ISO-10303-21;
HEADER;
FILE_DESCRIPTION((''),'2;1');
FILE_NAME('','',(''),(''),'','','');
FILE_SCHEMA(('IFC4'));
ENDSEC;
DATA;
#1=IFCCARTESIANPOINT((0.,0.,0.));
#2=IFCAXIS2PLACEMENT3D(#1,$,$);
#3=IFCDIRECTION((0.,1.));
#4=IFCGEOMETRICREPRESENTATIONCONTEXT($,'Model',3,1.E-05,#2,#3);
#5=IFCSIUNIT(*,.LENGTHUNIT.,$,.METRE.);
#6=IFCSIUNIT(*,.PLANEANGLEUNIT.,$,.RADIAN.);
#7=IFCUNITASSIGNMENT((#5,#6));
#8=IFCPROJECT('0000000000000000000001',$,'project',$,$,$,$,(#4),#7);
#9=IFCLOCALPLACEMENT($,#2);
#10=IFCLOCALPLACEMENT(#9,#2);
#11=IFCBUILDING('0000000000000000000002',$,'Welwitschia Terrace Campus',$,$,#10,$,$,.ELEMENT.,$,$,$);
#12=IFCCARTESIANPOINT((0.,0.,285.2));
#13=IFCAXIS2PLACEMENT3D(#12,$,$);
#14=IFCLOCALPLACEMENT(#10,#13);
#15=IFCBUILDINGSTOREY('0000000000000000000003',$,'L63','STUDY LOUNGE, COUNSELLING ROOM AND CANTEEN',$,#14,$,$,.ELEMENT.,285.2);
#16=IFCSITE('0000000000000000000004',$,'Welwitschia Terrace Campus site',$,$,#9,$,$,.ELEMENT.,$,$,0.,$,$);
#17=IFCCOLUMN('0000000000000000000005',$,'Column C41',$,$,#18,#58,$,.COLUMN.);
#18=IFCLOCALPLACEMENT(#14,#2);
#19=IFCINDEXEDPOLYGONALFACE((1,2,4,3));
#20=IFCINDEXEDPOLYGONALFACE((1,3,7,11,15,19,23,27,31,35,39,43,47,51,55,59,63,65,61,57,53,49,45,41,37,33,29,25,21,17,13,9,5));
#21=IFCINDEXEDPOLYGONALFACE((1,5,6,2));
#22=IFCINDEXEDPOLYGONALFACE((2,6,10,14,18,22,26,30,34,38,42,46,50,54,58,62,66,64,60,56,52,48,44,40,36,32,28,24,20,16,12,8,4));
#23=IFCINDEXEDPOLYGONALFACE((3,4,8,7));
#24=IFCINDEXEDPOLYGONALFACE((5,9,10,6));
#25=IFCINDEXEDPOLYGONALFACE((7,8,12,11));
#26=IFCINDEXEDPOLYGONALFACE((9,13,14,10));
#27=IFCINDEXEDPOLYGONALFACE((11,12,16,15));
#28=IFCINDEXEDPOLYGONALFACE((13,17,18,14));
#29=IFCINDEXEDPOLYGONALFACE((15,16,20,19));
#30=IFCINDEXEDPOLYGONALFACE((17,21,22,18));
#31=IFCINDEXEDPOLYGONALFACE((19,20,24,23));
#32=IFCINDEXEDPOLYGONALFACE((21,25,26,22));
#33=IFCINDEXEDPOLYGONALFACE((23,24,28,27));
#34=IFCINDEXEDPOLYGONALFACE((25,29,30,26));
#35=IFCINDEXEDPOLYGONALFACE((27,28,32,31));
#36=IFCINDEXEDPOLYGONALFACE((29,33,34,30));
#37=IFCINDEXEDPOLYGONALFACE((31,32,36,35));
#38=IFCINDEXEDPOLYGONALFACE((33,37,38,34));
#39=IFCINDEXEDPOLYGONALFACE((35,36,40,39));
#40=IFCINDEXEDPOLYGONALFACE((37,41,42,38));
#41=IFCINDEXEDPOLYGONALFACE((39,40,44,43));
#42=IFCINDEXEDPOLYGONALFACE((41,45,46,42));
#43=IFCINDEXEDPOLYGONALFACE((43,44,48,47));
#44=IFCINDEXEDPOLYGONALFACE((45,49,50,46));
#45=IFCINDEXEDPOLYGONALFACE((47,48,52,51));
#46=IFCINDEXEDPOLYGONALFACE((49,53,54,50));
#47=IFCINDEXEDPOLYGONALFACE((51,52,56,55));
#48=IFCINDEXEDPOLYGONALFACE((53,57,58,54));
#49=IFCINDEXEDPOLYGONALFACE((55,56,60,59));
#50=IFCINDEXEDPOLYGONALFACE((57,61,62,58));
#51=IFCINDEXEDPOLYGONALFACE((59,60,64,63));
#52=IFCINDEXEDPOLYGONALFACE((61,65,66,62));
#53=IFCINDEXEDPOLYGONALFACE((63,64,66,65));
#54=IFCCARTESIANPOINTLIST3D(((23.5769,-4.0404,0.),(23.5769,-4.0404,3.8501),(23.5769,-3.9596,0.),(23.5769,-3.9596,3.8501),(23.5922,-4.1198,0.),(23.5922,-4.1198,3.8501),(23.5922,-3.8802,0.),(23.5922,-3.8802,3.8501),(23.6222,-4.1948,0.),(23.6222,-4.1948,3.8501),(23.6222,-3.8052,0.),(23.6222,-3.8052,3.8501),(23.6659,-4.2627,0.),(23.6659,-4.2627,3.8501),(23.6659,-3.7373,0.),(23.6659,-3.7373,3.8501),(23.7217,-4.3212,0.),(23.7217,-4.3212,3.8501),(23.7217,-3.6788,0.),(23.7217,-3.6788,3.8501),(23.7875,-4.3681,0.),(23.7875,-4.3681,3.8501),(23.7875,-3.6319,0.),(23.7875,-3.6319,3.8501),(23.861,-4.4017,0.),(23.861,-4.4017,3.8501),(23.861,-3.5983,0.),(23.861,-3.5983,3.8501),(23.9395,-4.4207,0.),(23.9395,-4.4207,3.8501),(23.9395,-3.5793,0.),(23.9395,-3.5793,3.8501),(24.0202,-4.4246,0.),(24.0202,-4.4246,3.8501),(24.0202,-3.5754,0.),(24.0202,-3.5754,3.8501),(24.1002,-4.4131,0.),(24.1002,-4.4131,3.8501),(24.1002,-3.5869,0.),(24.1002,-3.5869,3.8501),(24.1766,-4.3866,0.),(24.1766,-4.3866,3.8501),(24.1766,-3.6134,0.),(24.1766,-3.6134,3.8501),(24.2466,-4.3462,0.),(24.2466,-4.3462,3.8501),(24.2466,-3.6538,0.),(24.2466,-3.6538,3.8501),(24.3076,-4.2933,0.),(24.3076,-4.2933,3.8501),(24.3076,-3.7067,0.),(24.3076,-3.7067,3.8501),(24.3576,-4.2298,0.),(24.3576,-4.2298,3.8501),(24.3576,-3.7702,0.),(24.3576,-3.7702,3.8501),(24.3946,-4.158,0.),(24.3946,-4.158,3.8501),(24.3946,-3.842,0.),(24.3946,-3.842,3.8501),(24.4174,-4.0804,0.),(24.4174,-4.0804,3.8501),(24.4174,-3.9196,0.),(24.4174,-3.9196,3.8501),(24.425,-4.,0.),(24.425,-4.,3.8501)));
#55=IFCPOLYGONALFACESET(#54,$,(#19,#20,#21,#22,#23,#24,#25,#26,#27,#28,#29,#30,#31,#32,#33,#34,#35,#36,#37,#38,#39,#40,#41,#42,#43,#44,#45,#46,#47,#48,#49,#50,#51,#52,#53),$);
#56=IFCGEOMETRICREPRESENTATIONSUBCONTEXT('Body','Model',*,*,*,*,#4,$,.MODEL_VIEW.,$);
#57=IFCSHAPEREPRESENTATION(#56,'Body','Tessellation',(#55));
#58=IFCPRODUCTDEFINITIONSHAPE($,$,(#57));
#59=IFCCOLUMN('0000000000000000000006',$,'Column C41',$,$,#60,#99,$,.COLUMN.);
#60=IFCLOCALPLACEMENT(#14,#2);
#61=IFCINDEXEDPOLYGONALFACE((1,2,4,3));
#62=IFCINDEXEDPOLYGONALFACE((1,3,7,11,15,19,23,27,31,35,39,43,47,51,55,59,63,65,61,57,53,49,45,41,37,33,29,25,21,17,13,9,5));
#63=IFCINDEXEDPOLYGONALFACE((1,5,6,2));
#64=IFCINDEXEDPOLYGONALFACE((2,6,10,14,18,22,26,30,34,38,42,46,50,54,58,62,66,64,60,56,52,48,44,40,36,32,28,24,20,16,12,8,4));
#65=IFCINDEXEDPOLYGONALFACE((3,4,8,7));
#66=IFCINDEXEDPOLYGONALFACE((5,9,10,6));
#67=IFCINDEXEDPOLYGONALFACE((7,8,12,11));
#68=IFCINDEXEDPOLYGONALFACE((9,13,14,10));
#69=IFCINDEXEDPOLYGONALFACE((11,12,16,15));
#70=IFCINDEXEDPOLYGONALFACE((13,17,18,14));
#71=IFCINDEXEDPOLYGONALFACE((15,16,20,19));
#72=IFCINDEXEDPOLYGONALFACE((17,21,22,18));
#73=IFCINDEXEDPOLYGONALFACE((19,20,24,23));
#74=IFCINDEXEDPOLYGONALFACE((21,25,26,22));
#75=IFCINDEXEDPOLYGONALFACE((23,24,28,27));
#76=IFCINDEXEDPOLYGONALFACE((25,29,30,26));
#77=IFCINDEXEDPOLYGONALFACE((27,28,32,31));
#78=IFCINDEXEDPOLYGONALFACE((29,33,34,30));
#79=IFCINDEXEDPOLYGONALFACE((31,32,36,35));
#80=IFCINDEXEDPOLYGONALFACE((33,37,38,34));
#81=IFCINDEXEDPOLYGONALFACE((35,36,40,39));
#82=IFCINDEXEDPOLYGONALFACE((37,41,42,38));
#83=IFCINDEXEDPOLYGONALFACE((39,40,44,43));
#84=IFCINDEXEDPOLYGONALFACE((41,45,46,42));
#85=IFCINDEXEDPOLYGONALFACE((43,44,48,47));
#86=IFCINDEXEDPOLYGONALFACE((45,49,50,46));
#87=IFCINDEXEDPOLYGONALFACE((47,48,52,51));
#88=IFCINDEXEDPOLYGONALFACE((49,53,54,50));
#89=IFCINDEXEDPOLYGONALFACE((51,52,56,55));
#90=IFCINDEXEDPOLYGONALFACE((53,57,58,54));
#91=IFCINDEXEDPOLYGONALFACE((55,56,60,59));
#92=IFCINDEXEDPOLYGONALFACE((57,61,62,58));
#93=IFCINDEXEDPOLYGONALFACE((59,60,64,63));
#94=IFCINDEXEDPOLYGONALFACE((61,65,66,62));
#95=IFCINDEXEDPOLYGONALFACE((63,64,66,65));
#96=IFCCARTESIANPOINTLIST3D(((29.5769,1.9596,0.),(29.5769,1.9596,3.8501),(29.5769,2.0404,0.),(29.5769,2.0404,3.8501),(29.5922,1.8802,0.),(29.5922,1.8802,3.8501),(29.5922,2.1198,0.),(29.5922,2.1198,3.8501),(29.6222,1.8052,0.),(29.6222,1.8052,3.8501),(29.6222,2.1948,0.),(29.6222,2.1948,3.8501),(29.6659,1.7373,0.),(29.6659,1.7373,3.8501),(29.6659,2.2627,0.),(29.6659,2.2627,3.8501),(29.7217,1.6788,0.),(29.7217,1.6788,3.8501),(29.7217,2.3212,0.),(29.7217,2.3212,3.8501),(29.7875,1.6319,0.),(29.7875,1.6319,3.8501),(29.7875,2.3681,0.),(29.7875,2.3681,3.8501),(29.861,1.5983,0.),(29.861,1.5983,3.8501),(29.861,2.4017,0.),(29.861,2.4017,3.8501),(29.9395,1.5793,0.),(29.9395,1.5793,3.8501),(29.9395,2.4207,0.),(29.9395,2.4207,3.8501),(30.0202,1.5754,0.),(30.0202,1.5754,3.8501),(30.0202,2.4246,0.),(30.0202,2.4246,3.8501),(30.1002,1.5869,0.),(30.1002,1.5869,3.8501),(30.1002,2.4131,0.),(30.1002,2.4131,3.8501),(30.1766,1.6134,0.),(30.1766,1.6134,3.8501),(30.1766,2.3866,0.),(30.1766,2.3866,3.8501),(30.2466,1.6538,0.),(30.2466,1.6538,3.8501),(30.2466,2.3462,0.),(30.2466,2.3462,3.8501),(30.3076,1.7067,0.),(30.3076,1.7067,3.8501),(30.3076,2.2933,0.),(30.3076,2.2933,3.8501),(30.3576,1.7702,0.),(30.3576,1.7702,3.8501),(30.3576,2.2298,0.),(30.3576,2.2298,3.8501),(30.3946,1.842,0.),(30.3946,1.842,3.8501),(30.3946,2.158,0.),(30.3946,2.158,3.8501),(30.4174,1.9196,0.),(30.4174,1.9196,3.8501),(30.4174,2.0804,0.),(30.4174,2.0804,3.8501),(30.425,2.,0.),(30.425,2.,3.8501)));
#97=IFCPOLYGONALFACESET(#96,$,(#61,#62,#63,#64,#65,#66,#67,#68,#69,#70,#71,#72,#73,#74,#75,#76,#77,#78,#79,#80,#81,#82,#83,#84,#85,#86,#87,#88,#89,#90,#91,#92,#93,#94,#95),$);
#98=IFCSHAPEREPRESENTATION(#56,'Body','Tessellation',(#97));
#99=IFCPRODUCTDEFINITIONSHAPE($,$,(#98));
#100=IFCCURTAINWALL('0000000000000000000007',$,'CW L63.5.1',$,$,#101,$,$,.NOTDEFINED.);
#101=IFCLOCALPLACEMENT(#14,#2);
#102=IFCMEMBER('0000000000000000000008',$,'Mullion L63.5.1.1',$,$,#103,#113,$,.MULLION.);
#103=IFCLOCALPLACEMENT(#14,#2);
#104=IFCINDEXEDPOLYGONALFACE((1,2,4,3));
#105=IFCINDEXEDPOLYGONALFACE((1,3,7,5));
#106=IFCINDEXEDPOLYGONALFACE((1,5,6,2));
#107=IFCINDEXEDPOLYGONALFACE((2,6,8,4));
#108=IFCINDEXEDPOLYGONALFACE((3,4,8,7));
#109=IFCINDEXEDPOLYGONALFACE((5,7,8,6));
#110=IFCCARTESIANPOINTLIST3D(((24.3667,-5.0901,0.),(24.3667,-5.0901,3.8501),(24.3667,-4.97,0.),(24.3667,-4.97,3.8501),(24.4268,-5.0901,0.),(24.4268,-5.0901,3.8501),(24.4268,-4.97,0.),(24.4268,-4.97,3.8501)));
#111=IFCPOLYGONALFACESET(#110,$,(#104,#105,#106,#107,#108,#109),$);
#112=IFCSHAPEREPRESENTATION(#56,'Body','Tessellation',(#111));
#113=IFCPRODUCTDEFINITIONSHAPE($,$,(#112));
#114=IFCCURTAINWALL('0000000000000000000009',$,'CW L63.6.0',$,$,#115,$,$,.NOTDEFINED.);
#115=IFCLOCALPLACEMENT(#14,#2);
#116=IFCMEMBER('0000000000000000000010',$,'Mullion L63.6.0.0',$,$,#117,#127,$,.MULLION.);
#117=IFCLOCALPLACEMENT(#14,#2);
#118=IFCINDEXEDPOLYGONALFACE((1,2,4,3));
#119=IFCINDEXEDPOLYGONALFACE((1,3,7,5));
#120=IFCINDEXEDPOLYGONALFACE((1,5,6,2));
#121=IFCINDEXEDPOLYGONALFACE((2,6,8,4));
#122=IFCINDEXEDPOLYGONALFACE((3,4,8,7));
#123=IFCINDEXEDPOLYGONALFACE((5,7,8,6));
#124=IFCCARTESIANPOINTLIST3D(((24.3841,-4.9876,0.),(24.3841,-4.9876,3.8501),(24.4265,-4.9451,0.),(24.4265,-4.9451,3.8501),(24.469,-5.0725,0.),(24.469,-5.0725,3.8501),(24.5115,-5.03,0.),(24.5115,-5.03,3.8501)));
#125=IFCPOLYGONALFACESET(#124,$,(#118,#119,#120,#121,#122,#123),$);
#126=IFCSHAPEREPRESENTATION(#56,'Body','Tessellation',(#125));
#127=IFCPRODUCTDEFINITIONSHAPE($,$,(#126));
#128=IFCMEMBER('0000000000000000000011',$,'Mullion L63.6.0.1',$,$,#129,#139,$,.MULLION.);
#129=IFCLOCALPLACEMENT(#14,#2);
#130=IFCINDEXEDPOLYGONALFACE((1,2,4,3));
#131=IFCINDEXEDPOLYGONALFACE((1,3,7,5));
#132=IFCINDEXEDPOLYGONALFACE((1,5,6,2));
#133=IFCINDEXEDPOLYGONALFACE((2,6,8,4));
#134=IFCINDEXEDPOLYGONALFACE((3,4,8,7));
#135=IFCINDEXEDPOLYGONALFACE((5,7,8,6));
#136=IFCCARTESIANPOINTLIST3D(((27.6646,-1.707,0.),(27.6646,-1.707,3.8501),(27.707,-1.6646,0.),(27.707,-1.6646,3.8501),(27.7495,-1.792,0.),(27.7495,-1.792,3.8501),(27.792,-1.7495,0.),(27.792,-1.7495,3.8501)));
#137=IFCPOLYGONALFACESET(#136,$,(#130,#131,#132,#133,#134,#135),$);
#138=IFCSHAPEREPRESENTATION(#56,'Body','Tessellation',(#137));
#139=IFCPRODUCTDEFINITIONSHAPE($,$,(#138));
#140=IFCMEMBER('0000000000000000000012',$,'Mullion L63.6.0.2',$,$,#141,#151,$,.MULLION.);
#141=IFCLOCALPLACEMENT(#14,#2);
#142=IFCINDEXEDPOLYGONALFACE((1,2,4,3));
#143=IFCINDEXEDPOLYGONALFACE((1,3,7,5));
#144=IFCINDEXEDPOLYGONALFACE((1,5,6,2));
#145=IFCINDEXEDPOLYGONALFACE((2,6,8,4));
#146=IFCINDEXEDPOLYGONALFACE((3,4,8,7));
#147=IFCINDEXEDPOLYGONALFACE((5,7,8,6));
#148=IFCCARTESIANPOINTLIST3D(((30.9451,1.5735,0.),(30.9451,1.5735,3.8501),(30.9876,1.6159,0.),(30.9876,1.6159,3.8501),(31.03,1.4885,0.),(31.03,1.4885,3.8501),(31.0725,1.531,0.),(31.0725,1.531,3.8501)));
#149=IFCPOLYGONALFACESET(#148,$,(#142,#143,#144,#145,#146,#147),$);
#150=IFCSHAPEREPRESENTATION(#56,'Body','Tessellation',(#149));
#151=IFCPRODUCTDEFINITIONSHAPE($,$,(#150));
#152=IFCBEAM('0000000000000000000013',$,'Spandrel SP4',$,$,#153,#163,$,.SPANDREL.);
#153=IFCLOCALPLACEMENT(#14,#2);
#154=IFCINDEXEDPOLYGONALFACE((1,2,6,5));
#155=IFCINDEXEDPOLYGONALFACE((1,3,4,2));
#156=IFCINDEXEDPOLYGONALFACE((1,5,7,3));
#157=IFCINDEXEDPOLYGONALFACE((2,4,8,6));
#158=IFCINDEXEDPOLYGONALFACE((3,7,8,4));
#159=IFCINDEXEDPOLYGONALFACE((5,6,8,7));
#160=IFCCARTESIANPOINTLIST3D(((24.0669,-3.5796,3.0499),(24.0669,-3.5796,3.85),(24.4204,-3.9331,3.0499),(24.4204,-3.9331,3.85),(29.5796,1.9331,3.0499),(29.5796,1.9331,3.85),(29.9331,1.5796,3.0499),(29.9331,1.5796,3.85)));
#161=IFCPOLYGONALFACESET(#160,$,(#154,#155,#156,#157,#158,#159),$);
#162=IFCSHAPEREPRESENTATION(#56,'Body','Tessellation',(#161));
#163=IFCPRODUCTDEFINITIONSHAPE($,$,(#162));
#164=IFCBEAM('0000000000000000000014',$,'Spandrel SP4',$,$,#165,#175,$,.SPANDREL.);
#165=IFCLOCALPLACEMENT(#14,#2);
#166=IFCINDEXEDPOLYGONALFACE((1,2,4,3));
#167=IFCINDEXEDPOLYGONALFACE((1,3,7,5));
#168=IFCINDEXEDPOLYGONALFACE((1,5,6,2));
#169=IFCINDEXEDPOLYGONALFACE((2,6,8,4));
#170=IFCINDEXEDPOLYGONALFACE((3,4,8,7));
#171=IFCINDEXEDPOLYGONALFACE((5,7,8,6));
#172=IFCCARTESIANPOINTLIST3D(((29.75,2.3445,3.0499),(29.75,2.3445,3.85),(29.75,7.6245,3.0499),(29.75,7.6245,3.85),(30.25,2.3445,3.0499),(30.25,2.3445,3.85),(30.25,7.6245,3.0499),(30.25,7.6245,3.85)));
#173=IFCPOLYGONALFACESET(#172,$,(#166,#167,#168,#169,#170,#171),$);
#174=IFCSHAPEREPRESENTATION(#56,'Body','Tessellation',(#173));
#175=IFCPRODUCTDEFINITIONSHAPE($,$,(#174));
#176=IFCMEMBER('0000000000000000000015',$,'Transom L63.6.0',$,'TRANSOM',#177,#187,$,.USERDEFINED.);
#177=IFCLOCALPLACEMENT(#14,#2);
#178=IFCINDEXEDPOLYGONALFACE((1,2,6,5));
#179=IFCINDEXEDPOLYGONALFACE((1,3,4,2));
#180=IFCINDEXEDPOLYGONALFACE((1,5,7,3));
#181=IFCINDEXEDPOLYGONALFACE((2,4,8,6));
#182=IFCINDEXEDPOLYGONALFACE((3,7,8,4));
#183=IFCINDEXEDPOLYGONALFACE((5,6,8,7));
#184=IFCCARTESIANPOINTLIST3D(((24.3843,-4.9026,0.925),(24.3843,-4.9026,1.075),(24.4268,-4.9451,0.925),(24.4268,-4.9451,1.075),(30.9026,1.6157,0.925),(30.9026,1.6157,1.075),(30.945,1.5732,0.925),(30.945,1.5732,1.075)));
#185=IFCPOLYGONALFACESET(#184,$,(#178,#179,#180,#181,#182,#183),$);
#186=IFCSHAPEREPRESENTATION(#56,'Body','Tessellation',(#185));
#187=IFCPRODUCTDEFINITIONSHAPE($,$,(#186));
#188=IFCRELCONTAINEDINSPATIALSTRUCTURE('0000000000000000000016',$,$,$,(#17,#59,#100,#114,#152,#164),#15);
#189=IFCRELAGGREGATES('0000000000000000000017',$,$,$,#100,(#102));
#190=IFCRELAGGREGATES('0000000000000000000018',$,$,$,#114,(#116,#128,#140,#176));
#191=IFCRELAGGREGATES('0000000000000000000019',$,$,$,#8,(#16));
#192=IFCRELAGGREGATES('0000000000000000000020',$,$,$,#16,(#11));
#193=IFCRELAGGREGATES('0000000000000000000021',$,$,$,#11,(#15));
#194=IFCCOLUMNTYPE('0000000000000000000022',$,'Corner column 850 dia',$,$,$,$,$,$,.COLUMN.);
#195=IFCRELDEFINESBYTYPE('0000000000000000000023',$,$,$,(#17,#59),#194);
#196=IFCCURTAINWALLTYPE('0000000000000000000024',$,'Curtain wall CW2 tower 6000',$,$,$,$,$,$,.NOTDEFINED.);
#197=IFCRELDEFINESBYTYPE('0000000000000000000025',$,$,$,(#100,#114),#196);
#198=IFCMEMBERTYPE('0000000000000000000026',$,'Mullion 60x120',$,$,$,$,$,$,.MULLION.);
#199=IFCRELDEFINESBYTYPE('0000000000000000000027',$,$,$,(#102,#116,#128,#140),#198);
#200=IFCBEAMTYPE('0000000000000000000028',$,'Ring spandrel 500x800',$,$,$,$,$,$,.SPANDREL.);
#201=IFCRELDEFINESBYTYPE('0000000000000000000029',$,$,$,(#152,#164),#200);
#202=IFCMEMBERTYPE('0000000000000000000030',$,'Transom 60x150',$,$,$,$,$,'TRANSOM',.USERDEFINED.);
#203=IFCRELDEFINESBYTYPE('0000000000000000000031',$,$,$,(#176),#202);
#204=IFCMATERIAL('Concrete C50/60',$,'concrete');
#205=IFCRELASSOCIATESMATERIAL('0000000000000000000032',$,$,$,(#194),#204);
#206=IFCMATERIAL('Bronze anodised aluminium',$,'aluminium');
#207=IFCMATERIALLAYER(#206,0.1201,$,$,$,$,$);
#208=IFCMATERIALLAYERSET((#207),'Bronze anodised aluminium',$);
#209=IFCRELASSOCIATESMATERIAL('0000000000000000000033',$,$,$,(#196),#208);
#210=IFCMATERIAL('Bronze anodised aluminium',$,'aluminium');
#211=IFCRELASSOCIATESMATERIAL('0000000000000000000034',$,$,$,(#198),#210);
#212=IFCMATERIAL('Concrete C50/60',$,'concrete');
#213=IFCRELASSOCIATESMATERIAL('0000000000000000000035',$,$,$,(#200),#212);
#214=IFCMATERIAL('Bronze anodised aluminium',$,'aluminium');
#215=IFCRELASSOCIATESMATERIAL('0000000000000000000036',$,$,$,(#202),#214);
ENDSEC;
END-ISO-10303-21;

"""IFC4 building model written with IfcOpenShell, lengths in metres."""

from ifc_helpers import new_model, si_unit, direction, frame, origin, origin_2d, place, context, subcontext, project, spatial, rectangle, circle, extrude, material, layer, layer_set, material_profile, profile_set, type_object, element, aggregate, save


model = new_model("IFC4")

# Units and contexts
model_context = context("Model", 3, precision=1e-05, world=origin(), true_north=direction((0.0, 1.0)))
body_context = subcontext(model_context, "Body", "Model", "MODEL_VIEW")
ifc_project = project(units=[si_unit("LENGTHUNIT", "METRE"), si_unit("PLANEANGLEUNIT", "RADIAN")], contexts=[model_context])

# Site, building, storey
site_placement = place(None, origin())
site = spatial("IfcSite", under=ifc_project, at=site_placement, Name="Welwitschia Terrace Campus site", CompositionType="ELEMENT", RefElevation=0.0)
building_placement = place(site_placement, origin())
building = spatial("IfcBuilding", under=site, at=building_placement, Name="Welwitschia Terrace Campus", CompositionType="ELEMENT")
storey_placement = place(building_placement, frame((0.0, 0.0, 285.2)))
storey = spatial("IfcBuildingStorey", under=building, at=storey_placement, Name="L63", Description="STUDY LOUNGE, COUNSELLING ROOM AND CANTEEN", CompositionType="ELEMENT", Elevation=285.2)

# Columns
ifc_material_1 = material(Name="Concrete C50/60", Category="concrete")
ifc_material_profile_1 = material_profile(ifc_material_1, circle(Radius=0.425, at=origin_2d()))
ifc_profile_set_1 = profile_set([ifc_material_profile_1], Name="Concrete C50/60")
column_type = type_object("IfcColumnType", Name="Corner column 850 dia", PredefinedType="COLUMN", material=ifc_profile_set_1)
for number, where, z_axis, x_axis, name in (
    (1, (24.0, -4.0, 0.0), (0.0, 0.0, 1.0), (1.0, 0.0, 0.0), "Column C41"),
    (2, (30.0, 2.0, 0.0), (0.0, 0.0, 1.0), (1.0, 0.0, 0.0), "Column C41"),
):
    element("IfcColumn", number, at=place(storey_placement, frame(where, z_axis=z_axis, x_axis=x_axis)), inside=storey, type_object=column_type, Name=name, PredefinedType="COLUMN", context=body_context, shape_type="SweptSolid", body=[
        extrude(circle(Radius=0.425, at=origin_2d()), origin(), (0.0, 0.0, 1.0), 3.8501),
    ])

# Curtain wall, member
ifc_material_2 = material(Name="Bronze anodised aluminium", Category="aluminium")
ifc_layer_1 = layer(ifc_material_2, 0.1201)
ifc_layer_set_1 = layer_set([ifc_layer_1], Name="Bronze anodised aluminium")
curtain_wall_type = type_object("IfcCurtainWallType", Name="Curtain wall CW2 tower 6000", PredefinedType="NOTDEFINED", material=ifc_layer_set_1)
curtain_wall_1_placement = place(storey_placement, origin())
curtain_wall_1 = element("IfcCurtainWall", 3, at=curtain_wall_1_placement, inside=storey, type_object=curtain_wall_type, Name="CW L63.5.1", PredefinedType="NOTDEFINED")
ifc_material_3 = material(Name="Bronze anodised aluminium", Category="aluminium")
ifc_material_profile_2 = material_profile(ifc_material_3, rectangle(XDim=0.1201, YDim=0.0601, at=origin_2d()))
ifc_profile_set_2 = profile_set([ifc_material_profile_2], Name="Bronze anodised aluminium")
member_type_1 = type_object("IfcMemberType", Name="Mullion 60x120", PredefinedType="MULLION", material=ifc_profile_set_2)
member_1_placement = place(storey_placement, frame((24.3967, -5.03, 0.0), z_axis=(0.0, 0.0, 1.0), x_axis=(0.0, 1.0, 0.0)))
member_1 = element("IfcMember", 4, at=member_1_placement, type_object=member_type_1, Name="Mullion L63.5.1.1", PredefinedType="MULLION", context=body_context, shape_type="SweptSolid", body=[
    extrude(rectangle(XDim=0.1201, YDim=0.0601, at=origin_2d()), origin(), (0.0, 0.0, 1.0), 3.8501),
])
aggregate(curtain_wall_1, [member_1])

# Curtain wall, members
curtain_wall_2_placement = place(storey_placement, origin())
curtain_wall_2 = element("IfcCurtainWall", 5, at=curtain_wall_2_placement, inside=storey, type_object=curtain_wall_type, Name="CW L63.6.0", PredefinedType="NOTDEFINED")
member_2_placement = place(storey_placement, frame((24.4478, -5.0088, 0.0), z_axis=(0.0, 0.0, 1.0), x_axis=(-0.707107, 0.707107, 0.0)))
member_2 = element("IfcMember", 6, at=member_2_placement, type_object=member_type_1, Name="Mullion L63.6.0.0", PredefinedType="MULLION", context=body_context, shape_type="SweptSolid", body=[
    extrude(rectangle(XDim=0.1201, YDim=0.0601, at=origin_2d()), origin(), (0.0, 0.0, 1.0), 3.8501),
])
member_3_placement = place(storey_placement, frame((27.7283, -1.7283, 0.0), z_axis=(0.0, 0.0, 1.0), x_axis=(-0.707107, 0.707107, 0.0)))
member_3 = element("IfcMember", 7, at=member_3_placement, type_object=member_type_1, Name="Mullion L63.6.0.1", PredefinedType="MULLION", context=body_context, shape_type="SweptSolid", body=[
    extrude(rectangle(XDim=0.1201, YDim=0.0601, at=origin_2d()), origin(), (0.0, 0.0, 1.0), 3.8501),
])
member_4_placement = place(storey_placement, frame((31.0088, 1.5522, 0.0), z_axis=(0.0, 0.0, 1.0), x_axis=(-0.707107, 0.707107, 0.0)))
member_4 = element("IfcMember", 8, at=member_4_placement, type_object=member_type_1, Name="Mullion L63.6.0.2", PredefinedType="MULLION", context=body_context, shape_type="SweptSolid", body=[
    extrude(rectangle(XDim=0.1201, YDim=0.0601, at=origin_2d()), origin(), (0.0, 0.0, 1.0), 3.8501),
])

# Beams
ifc_material_4 = material(Name="Concrete C50/60", Category="concrete")
ifc_material_profile_3 = material_profile(ifc_material_4, rectangle(XDim=0.5, YDim=0.8, at=origin_2d()))
ifc_profile_set_3 = profile_set([ifc_material_profile_3], Name="Concrete C50/60")
beam_type = type_object("IfcBeamType", Name="Ring spandrel 500x800", PredefinedType="SPANDREL", material=ifc_profile_set_3)
beam_1_placement = place(storey_placement, frame((24.2437, -3.7563, 3.45), z_axis=(0.707107, 0.707107, 0.0), x_axis=(-0.707107, 0.707107, 0.0)))
element("IfcBeam", 9, at=beam_1_placement, inside=storey, type_object=beam_type, Name="Spandrel SP4", PredefinedType="SPANDREL", context=body_context, shape_type="SweptSolid", body=[
    extrude(rectangle(XDim=0.5, YDim=0.8, at=origin_2d()), origin(), (0.0, 0.0, 1.0), 7.7961),
])
beam_2_placement = place(storey_placement, frame((30.0, 2.3445, 3.45), z_axis=(0.0, 1.0, 0.0), x_axis=(-1.0, 0.0, 0.0)))
element("IfcBeam", 10, at=beam_2_placement, inside=storey, type_object=beam_type, Name="Spandrel SP4", PredefinedType="SPANDREL", context=body_context, shape_type="SweptSolid", body=[
    extrude(rectangle(XDim=0.5, YDim=0.8, at=origin_2d()), origin(), (0.0, 0.0, 1.0), 5.28),
])

# Member
ifc_material_5 = material(Name="Bronze anodised aluminium", Category="aluminium")
ifc_material_profile_4 = material_profile(ifc_material_5, rectangle(XDim=0.0601, YDim=0.1499, at=origin_2d()))
ifc_profile_set_4 = profile_set([ifc_material_profile_4], Name="Bronze anodised aluminium")
member_type_2 = type_object("IfcMemberType", Name="Transom 60x150", ElementType="TRANSOM", PredefinedType="USERDEFINED", material=ifc_profile_set_4)
member_5_placement = place(storey_placement, frame((24.4055, -4.9238, 1.0), z_axis=(0.707107, 0.707107, 0.0), x_axis=(-0.707107, 0.707107, 0.0)))
member_5 = element("IfcMember", 11, at=member_5_placement, type_object=member_type_2, Name="Transom L63.6.0", ObjectType="TRANSOM", PredefinedType="USERDEFINED", context=body_context, shape_type="SweptSolid", body=[
    extrude(rectangle(XDim=0.0601, YDim=0.1499, at=origin_2d()), origin(), (0.0, 0.0, 1.0), 9.2183),
])

aggregate(curtain_wall_2, [member_2, member_3, member_4, member_5])

save(model, "model.ifc")
